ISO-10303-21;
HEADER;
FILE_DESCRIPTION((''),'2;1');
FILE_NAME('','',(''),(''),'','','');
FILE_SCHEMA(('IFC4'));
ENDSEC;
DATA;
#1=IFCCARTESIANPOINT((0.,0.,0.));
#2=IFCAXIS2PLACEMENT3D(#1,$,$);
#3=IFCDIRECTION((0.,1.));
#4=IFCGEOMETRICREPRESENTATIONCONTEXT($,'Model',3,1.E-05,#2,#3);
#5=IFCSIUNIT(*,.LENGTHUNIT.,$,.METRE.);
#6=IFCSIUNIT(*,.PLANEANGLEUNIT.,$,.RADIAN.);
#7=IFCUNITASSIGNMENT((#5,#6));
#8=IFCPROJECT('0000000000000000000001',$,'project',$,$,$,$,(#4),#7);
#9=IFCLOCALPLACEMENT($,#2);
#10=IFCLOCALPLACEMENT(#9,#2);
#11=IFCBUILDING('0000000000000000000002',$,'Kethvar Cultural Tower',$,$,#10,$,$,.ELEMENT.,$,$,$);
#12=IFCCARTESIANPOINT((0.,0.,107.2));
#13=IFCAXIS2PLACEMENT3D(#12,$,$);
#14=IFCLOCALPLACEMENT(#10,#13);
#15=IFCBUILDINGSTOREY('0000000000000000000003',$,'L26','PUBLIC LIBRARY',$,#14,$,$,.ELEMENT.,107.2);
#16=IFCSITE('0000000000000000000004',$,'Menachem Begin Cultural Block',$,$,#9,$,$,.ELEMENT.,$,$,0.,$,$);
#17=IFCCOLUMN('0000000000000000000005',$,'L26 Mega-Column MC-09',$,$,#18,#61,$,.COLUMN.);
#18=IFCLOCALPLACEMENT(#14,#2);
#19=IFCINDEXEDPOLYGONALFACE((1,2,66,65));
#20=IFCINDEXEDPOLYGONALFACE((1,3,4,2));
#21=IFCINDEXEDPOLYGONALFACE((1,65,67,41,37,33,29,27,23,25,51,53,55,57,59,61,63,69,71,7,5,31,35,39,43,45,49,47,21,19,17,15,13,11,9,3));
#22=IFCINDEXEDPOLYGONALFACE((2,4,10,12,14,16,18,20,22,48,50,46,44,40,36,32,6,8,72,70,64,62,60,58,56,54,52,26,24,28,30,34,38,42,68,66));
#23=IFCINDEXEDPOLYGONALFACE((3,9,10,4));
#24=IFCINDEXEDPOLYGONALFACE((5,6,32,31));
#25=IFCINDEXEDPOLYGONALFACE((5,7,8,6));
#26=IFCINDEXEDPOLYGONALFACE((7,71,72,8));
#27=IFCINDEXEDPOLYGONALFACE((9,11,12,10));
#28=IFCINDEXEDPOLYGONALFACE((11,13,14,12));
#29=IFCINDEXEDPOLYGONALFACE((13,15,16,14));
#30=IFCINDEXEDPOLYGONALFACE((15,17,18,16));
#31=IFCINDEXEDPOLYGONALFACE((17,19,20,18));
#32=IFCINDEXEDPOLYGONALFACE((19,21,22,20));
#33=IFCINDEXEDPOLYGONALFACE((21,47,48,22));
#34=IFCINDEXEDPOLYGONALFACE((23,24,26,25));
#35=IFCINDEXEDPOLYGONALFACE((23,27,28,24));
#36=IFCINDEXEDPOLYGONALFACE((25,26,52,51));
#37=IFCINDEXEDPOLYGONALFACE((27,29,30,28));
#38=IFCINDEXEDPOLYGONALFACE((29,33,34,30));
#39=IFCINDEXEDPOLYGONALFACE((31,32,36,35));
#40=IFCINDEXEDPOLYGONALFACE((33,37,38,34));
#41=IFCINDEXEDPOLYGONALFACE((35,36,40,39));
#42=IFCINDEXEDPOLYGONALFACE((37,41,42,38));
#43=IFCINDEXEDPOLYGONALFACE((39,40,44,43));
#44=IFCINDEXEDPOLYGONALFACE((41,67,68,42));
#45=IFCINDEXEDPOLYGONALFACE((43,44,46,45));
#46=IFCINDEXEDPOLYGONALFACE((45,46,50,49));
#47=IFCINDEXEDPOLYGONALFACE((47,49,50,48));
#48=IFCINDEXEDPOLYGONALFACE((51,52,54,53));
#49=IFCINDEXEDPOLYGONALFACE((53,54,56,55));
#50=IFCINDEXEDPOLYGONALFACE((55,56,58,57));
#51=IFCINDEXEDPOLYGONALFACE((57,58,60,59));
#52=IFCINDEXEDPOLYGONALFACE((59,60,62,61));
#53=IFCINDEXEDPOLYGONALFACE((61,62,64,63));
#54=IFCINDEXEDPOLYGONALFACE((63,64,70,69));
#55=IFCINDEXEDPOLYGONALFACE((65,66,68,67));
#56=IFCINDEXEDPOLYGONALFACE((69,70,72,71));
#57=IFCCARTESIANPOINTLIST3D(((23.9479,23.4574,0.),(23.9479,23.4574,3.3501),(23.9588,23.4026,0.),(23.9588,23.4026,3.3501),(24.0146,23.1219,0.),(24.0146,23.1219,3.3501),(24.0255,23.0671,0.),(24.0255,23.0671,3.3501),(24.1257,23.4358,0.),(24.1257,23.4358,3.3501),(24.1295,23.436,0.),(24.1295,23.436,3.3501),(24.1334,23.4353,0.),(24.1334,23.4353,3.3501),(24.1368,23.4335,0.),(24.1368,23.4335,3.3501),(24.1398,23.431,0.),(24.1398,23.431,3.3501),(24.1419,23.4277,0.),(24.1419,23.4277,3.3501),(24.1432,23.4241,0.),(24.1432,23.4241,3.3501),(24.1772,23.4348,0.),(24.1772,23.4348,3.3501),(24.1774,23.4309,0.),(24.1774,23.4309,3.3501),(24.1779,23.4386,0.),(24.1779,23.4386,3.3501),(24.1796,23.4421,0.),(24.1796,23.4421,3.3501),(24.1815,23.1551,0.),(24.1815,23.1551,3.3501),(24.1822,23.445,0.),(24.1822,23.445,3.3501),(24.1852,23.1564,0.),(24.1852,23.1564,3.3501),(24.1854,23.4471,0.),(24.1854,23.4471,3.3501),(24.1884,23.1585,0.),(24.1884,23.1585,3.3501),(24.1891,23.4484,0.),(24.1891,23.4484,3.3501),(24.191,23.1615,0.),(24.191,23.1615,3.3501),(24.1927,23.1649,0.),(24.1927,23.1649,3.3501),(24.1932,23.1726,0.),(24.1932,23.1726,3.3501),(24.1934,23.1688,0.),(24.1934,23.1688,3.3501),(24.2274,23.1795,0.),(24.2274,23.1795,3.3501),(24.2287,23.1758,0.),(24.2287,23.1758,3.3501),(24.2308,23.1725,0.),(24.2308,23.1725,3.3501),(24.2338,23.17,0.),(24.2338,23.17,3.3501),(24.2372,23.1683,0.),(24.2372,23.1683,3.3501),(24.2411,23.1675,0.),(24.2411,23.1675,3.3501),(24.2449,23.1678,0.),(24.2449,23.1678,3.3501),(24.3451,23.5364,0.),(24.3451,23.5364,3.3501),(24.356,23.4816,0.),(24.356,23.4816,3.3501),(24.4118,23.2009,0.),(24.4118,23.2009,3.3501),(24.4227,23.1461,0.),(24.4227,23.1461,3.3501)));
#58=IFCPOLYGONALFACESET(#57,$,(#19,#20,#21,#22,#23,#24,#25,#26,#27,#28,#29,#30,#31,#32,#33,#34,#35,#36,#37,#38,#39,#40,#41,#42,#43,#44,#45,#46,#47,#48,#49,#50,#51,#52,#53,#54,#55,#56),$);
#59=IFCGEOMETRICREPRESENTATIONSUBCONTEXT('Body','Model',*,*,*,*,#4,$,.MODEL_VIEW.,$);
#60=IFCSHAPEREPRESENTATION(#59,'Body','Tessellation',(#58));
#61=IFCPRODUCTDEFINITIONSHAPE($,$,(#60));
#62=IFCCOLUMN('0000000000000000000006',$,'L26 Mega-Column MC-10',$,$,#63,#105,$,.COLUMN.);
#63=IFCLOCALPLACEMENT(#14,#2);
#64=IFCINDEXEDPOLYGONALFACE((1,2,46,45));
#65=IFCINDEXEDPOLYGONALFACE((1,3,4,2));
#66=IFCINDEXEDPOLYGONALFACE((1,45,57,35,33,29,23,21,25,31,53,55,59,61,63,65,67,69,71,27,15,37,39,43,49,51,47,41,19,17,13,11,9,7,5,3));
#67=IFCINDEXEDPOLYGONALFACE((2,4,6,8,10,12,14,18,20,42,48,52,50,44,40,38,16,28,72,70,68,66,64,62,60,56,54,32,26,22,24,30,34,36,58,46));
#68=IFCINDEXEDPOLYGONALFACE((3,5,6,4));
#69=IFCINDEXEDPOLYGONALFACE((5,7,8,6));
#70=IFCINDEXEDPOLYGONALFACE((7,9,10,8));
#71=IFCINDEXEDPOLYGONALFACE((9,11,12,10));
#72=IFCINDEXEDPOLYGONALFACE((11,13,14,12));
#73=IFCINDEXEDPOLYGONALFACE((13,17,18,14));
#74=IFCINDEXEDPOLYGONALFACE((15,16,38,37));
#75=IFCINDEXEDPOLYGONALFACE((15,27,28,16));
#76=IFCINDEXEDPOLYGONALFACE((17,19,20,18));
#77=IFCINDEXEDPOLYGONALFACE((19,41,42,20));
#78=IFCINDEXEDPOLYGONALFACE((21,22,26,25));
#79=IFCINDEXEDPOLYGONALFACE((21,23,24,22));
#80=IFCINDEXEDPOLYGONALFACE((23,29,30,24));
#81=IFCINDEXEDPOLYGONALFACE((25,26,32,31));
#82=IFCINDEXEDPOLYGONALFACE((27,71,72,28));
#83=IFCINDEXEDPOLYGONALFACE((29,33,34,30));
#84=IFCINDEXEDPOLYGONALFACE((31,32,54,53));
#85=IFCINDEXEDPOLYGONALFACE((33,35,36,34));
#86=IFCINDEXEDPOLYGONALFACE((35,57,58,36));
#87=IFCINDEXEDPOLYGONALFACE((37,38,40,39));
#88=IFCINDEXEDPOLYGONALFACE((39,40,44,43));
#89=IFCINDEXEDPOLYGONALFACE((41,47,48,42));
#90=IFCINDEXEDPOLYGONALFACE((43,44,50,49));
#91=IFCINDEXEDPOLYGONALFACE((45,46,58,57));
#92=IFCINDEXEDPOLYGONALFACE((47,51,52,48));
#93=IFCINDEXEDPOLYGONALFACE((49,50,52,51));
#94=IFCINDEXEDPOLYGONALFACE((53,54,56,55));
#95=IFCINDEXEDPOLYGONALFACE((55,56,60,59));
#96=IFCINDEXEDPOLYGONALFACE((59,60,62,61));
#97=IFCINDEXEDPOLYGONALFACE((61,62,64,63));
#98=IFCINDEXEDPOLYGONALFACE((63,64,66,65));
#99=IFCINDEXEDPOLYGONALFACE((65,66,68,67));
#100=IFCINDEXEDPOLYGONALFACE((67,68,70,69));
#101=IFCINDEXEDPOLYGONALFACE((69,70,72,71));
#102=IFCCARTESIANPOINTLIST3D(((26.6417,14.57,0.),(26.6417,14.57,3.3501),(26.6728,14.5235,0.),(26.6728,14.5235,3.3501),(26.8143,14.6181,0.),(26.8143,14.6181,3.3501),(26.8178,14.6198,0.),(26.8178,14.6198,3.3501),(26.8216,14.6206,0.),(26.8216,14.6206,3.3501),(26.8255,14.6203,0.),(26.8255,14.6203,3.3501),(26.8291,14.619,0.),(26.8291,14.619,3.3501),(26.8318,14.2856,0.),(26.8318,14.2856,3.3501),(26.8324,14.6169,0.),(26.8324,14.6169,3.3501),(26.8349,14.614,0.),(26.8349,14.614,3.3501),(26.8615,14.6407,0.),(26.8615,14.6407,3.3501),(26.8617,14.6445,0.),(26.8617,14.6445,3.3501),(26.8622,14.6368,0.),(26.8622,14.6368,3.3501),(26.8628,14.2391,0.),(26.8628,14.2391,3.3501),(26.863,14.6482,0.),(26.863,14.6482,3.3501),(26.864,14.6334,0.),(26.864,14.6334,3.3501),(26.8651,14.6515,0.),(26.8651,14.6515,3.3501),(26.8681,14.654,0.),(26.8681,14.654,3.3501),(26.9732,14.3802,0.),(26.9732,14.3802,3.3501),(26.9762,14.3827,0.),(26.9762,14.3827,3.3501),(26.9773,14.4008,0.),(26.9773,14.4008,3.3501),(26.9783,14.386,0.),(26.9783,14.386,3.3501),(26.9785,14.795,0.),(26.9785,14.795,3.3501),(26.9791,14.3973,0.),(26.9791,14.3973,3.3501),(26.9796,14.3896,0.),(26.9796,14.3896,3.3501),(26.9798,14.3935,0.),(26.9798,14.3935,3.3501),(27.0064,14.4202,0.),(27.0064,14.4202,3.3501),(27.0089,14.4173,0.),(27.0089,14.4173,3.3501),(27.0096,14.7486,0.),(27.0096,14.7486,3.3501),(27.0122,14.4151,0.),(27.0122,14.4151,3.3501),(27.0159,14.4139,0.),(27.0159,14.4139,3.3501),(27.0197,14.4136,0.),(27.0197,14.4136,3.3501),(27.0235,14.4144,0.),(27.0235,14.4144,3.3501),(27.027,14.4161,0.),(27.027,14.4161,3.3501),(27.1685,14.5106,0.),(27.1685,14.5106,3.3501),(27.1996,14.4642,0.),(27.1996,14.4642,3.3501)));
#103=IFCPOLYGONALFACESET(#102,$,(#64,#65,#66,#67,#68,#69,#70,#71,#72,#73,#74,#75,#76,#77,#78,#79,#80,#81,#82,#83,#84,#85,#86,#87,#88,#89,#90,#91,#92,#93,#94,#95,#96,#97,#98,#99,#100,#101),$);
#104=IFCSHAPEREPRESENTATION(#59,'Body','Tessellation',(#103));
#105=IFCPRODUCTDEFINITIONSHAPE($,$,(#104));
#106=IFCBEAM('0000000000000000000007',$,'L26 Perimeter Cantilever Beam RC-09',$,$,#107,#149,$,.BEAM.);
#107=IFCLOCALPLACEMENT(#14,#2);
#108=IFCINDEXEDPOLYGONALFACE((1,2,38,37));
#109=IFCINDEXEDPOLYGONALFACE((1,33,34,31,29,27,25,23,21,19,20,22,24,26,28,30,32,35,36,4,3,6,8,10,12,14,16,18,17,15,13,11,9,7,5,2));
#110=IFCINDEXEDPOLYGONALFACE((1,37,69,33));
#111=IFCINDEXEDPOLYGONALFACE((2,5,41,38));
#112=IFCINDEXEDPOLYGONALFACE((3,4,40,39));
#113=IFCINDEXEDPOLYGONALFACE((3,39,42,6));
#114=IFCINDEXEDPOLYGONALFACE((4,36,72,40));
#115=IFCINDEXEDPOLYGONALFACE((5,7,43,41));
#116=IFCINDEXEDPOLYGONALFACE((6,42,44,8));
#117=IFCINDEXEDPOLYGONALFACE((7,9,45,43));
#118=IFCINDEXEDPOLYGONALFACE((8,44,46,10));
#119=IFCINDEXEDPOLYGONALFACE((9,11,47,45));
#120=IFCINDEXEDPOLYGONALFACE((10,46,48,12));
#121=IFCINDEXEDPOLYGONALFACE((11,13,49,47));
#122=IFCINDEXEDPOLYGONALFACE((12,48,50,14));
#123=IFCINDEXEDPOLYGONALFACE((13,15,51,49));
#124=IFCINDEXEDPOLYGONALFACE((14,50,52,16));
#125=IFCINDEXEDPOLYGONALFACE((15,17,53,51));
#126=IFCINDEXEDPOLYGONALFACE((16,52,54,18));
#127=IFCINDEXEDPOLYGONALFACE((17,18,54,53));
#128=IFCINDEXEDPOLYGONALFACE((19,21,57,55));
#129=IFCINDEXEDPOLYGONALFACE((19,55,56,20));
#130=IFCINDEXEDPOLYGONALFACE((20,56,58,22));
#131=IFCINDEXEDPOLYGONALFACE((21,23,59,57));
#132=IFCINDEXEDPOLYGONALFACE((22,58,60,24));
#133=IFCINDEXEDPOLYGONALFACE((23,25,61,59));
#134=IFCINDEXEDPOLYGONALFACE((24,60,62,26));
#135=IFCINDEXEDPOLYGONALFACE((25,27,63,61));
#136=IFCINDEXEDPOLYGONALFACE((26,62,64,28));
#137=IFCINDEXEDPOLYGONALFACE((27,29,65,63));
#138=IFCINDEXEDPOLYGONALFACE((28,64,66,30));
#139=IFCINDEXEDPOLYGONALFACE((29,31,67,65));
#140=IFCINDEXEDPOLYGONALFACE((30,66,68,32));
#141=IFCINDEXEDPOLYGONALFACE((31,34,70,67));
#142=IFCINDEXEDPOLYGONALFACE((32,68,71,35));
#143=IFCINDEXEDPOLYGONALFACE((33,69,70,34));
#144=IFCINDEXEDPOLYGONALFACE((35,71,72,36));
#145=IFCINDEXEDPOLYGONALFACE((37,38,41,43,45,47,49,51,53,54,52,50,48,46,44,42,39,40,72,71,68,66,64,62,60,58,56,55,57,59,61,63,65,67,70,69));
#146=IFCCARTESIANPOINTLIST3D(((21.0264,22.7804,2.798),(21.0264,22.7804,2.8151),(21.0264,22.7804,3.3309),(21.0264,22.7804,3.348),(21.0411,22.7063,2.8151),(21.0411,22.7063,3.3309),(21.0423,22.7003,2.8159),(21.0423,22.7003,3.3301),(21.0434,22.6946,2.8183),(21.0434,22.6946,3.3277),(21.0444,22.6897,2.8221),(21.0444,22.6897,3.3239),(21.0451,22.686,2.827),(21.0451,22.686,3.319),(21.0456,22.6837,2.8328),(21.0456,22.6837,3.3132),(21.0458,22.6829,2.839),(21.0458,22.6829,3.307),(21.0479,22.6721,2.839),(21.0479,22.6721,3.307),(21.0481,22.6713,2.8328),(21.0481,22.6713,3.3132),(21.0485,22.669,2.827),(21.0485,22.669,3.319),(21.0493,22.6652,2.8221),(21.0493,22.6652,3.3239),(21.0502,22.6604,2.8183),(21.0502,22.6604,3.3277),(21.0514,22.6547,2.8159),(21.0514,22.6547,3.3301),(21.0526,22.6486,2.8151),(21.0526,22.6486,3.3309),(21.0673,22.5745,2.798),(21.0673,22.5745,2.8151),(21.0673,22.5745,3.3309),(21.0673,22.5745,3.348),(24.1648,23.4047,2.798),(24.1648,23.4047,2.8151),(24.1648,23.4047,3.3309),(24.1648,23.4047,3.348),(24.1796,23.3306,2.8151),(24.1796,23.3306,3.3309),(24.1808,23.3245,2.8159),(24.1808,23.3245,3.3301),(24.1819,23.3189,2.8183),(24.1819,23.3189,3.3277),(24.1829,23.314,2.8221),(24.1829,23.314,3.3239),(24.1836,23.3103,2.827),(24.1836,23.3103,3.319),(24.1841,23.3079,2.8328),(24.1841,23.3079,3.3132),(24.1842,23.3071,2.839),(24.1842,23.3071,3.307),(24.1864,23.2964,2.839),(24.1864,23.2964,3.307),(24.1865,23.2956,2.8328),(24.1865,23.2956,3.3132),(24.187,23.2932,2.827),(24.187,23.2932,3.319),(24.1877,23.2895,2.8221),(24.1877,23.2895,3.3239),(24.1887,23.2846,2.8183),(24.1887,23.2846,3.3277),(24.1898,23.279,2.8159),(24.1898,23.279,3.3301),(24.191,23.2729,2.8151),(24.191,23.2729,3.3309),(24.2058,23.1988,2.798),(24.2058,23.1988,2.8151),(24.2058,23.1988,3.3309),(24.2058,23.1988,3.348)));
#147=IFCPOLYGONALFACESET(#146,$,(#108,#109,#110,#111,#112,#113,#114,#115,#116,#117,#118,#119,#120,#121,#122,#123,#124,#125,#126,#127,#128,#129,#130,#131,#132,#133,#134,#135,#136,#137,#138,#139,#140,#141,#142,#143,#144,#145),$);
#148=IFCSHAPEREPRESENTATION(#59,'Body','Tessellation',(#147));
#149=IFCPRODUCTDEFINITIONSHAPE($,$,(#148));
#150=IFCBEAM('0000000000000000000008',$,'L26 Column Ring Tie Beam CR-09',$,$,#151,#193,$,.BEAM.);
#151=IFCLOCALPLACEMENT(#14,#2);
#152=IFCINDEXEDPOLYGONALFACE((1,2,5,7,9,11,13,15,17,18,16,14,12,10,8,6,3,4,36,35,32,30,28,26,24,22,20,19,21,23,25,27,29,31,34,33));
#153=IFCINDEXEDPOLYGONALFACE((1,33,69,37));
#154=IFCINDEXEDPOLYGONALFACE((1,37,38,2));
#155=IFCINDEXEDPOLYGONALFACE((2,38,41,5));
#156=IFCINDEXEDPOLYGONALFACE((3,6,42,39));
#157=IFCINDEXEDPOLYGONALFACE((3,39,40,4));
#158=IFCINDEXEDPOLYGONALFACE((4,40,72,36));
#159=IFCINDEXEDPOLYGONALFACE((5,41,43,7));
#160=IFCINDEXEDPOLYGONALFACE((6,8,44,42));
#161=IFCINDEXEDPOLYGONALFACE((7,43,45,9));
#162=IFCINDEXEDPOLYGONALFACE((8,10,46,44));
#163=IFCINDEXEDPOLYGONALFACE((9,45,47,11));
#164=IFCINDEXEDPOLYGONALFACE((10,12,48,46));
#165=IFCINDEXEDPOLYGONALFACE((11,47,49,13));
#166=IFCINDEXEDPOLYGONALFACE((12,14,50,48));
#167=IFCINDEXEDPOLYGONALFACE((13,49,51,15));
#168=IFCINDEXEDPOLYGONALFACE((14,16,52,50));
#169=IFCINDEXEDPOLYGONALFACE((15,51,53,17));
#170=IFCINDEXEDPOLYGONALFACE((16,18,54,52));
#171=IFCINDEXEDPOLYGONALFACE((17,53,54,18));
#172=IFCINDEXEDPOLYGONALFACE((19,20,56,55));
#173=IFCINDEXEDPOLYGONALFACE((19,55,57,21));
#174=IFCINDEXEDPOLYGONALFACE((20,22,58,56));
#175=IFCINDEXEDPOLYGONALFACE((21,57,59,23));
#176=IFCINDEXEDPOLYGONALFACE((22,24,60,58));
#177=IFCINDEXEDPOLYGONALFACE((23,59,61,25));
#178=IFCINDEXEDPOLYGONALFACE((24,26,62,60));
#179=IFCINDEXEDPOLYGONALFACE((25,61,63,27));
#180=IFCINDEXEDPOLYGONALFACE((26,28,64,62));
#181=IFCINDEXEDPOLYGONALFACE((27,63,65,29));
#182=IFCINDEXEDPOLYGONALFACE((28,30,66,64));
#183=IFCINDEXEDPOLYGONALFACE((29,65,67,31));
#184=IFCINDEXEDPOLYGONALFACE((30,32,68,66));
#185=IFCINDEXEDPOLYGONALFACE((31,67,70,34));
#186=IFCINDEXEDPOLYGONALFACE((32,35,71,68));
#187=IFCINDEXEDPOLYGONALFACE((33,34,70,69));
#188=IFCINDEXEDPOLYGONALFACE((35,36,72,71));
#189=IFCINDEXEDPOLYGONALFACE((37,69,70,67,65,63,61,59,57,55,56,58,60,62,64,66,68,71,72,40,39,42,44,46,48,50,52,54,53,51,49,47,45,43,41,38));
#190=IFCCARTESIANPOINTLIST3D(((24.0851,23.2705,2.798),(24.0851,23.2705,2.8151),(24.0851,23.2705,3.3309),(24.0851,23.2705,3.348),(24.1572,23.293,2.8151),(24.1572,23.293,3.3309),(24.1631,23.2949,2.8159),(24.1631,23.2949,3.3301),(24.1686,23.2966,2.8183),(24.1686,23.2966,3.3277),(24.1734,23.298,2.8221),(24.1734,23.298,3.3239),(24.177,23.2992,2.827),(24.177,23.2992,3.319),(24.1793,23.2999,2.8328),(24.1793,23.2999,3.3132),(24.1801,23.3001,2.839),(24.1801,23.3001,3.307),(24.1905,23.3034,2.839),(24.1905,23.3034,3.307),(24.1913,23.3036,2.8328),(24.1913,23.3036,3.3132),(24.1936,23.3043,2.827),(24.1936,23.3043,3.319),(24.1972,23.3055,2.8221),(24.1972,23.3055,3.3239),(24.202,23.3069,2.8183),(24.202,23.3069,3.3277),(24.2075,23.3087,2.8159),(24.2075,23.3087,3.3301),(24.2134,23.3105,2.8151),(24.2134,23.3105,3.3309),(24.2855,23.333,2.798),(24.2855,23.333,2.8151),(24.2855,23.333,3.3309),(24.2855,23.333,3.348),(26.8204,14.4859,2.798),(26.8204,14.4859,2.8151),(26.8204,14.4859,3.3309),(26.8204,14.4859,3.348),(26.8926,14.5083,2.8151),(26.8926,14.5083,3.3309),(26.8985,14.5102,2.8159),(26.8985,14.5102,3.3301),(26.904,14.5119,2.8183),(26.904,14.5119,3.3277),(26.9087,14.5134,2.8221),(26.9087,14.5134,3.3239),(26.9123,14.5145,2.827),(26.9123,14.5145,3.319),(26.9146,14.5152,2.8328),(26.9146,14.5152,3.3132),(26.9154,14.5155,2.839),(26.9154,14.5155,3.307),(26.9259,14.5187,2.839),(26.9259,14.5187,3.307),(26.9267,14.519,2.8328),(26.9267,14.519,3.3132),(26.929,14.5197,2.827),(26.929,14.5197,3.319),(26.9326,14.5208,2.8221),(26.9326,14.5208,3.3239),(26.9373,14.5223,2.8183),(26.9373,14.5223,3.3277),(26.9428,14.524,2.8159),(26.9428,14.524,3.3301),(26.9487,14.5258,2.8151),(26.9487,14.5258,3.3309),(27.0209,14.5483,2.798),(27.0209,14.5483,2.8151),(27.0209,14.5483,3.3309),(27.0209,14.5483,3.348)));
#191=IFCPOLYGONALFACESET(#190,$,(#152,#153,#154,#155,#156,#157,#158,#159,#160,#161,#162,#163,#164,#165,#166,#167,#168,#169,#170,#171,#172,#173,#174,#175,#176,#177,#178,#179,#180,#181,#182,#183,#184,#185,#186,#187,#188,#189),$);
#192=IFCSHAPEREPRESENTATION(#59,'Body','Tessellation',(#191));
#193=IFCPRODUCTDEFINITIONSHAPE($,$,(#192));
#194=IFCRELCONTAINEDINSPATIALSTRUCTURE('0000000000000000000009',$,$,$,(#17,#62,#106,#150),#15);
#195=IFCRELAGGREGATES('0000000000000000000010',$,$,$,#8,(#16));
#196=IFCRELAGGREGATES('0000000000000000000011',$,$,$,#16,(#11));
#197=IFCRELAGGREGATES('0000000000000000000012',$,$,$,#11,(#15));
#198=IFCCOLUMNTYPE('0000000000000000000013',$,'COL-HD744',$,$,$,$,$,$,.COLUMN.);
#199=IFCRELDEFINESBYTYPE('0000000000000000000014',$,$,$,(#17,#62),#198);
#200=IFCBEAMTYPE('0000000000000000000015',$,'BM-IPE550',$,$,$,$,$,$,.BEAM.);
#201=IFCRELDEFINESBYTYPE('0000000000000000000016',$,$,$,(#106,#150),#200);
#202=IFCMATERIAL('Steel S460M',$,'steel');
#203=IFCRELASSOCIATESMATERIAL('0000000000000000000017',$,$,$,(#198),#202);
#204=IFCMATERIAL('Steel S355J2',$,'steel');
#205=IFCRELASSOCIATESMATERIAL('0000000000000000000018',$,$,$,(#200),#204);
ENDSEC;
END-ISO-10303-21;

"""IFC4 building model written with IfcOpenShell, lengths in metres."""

from ifc_helpers import new_model, si_unit, direction, frame, origin, origin_2d, place, context, subcontext, project, spatial, i_section, extrude, source, transform, mapped, material, material_profile, profile_set, type_object, element, save


model = new_model("IFC4")

# Units and contexts
model_context = context("Model", 3, precision=1e-05, world=origin(), true_north=direction((0.0, 1.0)))
body_context = subcontext(model_context, "Body", "Model", "MODEL_VIEW")
ifc_project = project(units=[si_unit("LENGTHUNIT", "METRE"), si_unit("PLANEANGLEUNIT", "RADIAN")], contexts=[model_context])

# Site, building, storey
site_placement = place(None, origin())
site = spatial("IfcSite", under=ifc_project, at=site_placement, Name="Menachem Begin Cultural Block", CompositionType="ELEMENT", RefElevation=0.0)
building_placement = place(site_placement, origin())
building = spatial("IfcBuilding", under=site, at=building_placement, Name="Kethvar Cultural Tower", CompositionType="ELEMENT")
storey_placement = place(building_placement, frame((0.0, 0.0, 107.2)))
storey = spatial("IfcBuildingStorey", under=building, at=storey_placement, Name="L26", Description="PUBLIC LIBRARY", CompositionType="ELEMENT", Elevation=107.2)

# Columns
ifc_material_1 = material(Name="Steel S460M", Category="steel")
ifc_material_profile_1 = material_profile(ifc_material_1, i_section(OverallWidth=0.405, OverallDepth=0.3979, WebThickness=0.0349, FlangeThickness=0.0559, FilletRadius=0.0149, at=origin_2d()), Name="Steel S460M — HD400x744")
ifc_profile_set_1 = profile_set([ifc_material_profile_1], Name="Steel S460M — HD400x744")
column_type = type_object("IfcColumnType", Name="COL-HD744", PredefinedType="COLUMN", material=ifc_profile_set_1)
shared_shape_1 = source(origin(), body_context, "Body", "SweptSolid", [
    extrude(i_section(OverallWidth=0.405, OverallDepth=0.3979, WebThickness=0.0349, FlangeThickness=0.0559, FilletRadius=0.0149, at=origin_2d()), origin(), (0.0, 0.0, 1.0), 3.3501),
])
for number, where, z_axis, x_axis, name in (
    (1, (24.1853, 23.3018, 0.0), (0.0, 0.0, 1.0), (-0.980785, -0.19509, 0.0), "L26 Mega-Column MC-09"),
    (2, (26.9207, 14.5171, 0.0), (0.0, 0.0, 1.0), (-0.83147, -0.55557, 0.0), "L26 Mega-Column MC-10"),
):
    element("IfcColumn", number, at=place(storey_placement, frame(where, z_axis=z_axis, x_axis=x_axis)), inside=storey, type_object=column_type, Name=name, PredefinedType="COLUMN", context=body_context, shape_type="MappedRepresentation", body=[
        mapped(shared_shape_1, transform((0.0, 0.0, 0.0), scale=1.0)),
    ])

# Beams
ifc_material_2 = material(Name="Steel S355J2", Category="steel")
ifc_material_profile_2 = material_profile(ifc_material_2, i_section(OverallWidth=0.21, OverallDepth=0.55, WebThickness=0.011, FlangeThickness=0.0171, FilletRadius=0.0239, at=origin_2d()), Name="Steel S355J2 — IPE550")
ifc_profile_set_2 = profile_set([ifc_material_profile_2], Name="Steel S355J2 — IPE550")
beam_type_1 = type_object("IfcBeamType", Name="BM-IPE550", PredefinedType="BEAM", material=ifc_profile_set_2)
shared_shape_2 = source(origin(), body_context, "Body", "SweptSolid", [
    extrude(i_section(OverallWidth=0.21, OverallDepth=0.55, WebThickness=0.011, FlangeThickness=0.0171, FilletRadius=0.0239, at=origin_2d()), origin(), (0.0, 0.0, 1.0), 3.2),
])
beam_1_placement = place(storey_placement, frame((24.1853, 23.3018, 3.073), z_axis=(-0.980786, -0.195089, 0.0), x_axis=(0.195089, -0.980786, 0.0)))
element("IfcBeam", 3, at=beam_1_placement, inside=storey, type_object=beam_type_1, Name="L26 Perimeter Cantilever Beam RC-09", PredefinedType="BEAM", context=body_context, shape_type="MappedRepresentation", body=[
    mapped(shared_shape_2, transform((0.0, 0.0, 0.0), scale=1.0)),
])
shared_shape_3 = source(origin(), body_context, "Body", "SweptSolid", [
    extrude(i_section(OverallWidth=0.21, OverallDepth=0.55, WebThickness=0.011, FlangeThickness=0.0171, FilletRadius=0.0239, at=origin_2d()), origin(), (0.0, 0.0, 1.0), 9.2007),
])
beam_2_placement = place(storey_placement, frame((24.1853, 23.3018, 3.073), z_axis=(0.297299, -0.954784, 0.0), x_axis=(0.954784, 0.297299, 0.0)))
element("IfcBeam", 4, at=beam_2_placement, inside=storey, type_object=beam_type_1, Name="L26 Column Ring Tie Beam CR-09", PredefinedType="BEAM", context=body_context, shape_type="MappedRepresentation", body=[
    mapped(shared_shape_3, transform((0.0, 0.0, 0.0), scale=1.0)),
])

save(model, "model.ifc")
